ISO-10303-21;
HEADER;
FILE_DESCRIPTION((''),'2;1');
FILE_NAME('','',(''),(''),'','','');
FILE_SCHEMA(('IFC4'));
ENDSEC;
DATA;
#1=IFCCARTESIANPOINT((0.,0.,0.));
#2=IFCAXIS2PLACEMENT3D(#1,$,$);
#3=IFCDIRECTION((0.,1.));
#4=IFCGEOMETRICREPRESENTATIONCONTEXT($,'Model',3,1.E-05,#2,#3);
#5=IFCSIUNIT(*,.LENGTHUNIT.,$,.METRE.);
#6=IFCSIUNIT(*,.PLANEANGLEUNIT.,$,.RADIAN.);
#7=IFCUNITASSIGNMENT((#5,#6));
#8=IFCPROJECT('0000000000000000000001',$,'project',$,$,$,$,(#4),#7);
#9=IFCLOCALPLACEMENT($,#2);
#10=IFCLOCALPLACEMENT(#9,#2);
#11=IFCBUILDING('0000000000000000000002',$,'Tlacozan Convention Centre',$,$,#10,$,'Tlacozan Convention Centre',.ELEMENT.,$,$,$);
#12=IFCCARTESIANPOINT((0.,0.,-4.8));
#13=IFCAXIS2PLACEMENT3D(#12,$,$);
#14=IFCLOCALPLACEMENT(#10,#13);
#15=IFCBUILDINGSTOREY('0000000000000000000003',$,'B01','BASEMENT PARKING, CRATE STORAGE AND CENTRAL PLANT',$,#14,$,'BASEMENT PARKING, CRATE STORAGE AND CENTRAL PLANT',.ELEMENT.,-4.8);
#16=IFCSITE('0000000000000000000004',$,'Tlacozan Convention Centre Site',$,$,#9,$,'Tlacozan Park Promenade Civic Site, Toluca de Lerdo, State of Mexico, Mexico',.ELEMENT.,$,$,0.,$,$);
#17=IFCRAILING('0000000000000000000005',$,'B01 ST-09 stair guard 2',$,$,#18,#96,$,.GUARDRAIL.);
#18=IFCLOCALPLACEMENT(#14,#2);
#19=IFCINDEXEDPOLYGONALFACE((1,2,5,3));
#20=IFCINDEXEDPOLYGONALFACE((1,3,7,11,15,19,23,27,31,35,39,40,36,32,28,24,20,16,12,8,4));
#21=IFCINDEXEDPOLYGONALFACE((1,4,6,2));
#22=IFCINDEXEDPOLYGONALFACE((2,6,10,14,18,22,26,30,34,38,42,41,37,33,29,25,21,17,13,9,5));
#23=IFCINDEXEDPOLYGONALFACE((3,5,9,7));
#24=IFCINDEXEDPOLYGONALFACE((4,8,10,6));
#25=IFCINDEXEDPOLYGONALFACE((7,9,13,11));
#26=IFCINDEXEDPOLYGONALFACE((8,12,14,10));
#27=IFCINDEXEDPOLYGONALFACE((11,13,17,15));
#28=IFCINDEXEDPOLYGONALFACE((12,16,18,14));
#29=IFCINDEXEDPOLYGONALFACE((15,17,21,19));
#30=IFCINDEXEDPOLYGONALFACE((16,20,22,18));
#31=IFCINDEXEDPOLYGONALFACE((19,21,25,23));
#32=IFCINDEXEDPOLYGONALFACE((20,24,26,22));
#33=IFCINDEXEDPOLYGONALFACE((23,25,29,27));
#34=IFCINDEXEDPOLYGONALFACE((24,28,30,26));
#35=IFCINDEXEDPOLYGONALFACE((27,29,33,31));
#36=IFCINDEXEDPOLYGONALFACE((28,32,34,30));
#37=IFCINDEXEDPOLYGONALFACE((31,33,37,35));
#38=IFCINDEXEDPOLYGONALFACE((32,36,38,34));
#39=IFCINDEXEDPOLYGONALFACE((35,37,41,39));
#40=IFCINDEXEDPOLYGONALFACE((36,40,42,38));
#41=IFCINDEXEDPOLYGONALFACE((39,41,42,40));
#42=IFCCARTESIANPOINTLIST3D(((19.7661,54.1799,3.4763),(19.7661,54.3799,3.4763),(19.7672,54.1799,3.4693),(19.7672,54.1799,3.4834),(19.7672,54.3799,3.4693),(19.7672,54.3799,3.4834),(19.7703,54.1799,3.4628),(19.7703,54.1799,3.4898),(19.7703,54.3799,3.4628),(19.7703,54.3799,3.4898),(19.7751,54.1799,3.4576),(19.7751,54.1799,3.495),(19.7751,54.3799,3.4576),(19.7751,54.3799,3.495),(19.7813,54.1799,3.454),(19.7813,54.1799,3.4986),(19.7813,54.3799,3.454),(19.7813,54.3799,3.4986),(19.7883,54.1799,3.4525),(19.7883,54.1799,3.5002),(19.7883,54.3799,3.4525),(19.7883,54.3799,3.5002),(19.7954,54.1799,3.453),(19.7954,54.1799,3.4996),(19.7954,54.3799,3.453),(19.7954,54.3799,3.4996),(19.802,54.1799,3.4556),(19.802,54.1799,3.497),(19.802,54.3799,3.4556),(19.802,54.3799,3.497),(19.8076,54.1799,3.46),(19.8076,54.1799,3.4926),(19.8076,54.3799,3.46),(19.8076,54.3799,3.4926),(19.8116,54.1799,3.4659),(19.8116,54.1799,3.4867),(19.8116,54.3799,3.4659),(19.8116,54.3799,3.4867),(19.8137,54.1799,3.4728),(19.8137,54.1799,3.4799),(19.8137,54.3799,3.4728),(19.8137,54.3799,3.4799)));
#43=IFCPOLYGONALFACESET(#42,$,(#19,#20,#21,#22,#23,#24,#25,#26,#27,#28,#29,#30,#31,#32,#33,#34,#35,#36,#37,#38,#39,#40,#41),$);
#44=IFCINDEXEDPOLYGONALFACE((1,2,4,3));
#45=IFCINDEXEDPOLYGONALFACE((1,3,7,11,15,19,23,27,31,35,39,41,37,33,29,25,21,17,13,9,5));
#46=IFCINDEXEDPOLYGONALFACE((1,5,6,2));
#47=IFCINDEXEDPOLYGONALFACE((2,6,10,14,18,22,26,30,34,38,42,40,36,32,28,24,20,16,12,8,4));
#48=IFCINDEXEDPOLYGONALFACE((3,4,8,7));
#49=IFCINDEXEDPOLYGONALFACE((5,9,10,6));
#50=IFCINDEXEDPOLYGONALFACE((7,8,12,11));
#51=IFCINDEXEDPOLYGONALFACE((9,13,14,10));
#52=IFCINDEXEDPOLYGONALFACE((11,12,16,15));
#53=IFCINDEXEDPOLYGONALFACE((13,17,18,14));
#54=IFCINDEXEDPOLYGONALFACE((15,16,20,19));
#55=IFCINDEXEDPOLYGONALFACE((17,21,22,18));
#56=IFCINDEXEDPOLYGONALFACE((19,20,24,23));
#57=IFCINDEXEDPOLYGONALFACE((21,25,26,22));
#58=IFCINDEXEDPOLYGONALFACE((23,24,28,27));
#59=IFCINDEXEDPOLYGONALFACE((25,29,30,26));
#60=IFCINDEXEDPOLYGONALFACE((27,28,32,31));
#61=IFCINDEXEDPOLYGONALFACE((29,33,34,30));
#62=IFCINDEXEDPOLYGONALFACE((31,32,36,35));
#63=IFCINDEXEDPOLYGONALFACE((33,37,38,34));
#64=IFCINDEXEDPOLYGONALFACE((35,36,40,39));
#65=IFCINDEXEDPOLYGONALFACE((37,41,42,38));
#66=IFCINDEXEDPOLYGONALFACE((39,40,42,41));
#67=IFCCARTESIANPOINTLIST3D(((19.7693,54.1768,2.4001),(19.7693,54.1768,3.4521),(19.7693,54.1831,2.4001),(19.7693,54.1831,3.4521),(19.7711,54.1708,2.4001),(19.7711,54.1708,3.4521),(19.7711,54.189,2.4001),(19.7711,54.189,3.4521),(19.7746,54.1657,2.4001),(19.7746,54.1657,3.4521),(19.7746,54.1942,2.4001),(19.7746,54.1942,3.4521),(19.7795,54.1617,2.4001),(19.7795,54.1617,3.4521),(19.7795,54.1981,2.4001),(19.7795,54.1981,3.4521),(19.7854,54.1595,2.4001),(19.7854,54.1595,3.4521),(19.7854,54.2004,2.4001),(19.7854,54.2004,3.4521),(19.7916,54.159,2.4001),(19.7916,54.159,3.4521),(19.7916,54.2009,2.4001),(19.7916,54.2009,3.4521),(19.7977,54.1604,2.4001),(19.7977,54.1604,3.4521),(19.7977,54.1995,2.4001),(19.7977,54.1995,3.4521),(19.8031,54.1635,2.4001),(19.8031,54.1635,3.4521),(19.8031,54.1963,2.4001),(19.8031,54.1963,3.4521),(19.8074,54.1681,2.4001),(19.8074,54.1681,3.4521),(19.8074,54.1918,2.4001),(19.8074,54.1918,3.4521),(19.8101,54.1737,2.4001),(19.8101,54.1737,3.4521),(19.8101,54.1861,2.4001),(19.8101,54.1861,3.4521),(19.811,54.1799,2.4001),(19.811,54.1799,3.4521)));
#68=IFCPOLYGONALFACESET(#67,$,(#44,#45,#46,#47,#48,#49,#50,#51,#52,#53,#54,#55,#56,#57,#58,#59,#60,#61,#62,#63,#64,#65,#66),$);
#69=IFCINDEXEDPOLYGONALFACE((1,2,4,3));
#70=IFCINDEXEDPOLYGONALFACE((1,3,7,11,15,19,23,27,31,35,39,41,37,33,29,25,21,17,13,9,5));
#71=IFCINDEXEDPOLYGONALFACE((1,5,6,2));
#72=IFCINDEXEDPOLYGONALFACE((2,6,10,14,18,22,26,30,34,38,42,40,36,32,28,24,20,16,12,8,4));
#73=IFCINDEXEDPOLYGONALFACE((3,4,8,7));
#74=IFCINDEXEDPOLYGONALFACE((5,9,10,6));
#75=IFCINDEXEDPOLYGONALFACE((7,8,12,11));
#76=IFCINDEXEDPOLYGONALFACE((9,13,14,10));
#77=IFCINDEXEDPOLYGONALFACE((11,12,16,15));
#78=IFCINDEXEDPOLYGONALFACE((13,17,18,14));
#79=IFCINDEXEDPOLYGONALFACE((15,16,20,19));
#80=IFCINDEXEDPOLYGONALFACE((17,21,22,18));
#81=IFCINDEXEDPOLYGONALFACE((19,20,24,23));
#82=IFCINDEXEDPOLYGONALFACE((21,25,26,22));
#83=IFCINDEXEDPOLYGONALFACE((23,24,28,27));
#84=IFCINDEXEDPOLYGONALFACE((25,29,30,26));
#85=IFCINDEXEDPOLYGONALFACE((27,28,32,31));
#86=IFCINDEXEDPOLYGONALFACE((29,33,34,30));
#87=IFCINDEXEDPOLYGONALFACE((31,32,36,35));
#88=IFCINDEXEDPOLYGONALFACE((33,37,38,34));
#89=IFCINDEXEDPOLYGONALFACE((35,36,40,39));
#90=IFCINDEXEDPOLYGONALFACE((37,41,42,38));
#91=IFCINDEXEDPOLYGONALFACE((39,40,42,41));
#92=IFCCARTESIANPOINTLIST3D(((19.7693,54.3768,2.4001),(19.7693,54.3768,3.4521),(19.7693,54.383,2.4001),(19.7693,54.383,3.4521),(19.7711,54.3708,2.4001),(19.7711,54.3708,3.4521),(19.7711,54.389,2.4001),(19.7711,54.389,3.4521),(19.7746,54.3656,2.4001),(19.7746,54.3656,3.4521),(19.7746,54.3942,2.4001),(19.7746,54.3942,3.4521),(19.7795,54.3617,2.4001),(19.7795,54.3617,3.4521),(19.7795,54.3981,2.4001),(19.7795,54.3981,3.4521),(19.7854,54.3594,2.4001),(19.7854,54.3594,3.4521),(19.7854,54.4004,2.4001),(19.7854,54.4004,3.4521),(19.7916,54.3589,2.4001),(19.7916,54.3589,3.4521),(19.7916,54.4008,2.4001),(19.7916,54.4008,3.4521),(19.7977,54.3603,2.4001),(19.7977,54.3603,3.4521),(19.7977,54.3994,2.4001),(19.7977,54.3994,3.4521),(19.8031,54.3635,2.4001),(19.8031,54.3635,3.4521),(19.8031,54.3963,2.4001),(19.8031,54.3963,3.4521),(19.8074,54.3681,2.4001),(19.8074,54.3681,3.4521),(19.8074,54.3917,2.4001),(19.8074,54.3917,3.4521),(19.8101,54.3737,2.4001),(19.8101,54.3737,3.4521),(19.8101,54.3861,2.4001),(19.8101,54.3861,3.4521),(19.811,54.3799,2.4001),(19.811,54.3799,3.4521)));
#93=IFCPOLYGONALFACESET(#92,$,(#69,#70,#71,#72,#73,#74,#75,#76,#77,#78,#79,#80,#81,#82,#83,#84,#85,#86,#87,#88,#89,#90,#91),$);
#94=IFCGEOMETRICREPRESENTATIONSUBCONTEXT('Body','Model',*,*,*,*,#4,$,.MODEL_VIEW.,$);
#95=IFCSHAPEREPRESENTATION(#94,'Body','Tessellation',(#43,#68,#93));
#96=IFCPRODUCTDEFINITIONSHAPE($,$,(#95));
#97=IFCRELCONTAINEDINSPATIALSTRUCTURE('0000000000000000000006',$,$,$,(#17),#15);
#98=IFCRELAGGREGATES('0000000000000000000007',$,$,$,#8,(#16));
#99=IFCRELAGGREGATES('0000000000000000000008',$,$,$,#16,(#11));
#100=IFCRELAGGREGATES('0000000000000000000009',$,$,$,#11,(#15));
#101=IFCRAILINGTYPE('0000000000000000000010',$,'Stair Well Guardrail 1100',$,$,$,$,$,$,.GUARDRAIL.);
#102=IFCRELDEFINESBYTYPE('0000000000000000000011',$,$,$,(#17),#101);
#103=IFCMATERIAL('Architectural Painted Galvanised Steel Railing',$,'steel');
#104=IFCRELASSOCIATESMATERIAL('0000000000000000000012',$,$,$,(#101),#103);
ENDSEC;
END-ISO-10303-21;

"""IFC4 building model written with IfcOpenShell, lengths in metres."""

from ifc_helpers import new_model, si_unit, direction, frame, origin, origin_2d, place, context, subcontext, project, spatial, circle, extrude, material, type_object, element, save


model = new_model("IFC4")

# Units and contexts
model_context = context("Model", 3, precision=1e-05, world=origin(), true_north=direction((0.0, 1.0)))
body_context = subcontext(model_context, "Body", "Model", "MODEL_VIEW")
ifc_project = project(units=[si_unit("LENGTHUNIT", "METRE"), si_unit("PLANEANGLEUNIT", "RADIAN")], contexts=[model_context])

# Site, building, storey
site_placement = place(None, origin())
site = spatial("IfcSite", under=ifc_project, at=site_placement, Name="Tlacozan Convention Centre Site", LongName="Tlacozan Park Promenade Civic Site, Toluca de Lerdo, State of Mexico, Mexico", CompositionType="ELEMENT", RefElevation=0.0)
building_placement = place(site_placement, origin())
building = spatial("IfcBuilding", under=site, at=building_placement, Name="Tlacozan Convention Centre", LongName="Tlacozan Convention Centre", CompositionType="ELEMENT")
storey_placement = place(building_placement, frame((0.0, 0.0, -4.8)))
storey = spatial("IfcBuildingStorey", under=building, at=storey_placement, Name="B01", Description="BASEMENT PARKING, CRATE STORAGE AND CENTRAL PLANT", LongName="BASEMENT PARKING, CRATE STORAGE AND CENTRAL PLANT", CompositionType="ELEMENT", Elevation=-4.8)

# Railing
ifc_material_1 = material(Name="Architectural Painted Galvanised Steel Railing", Category="steel")
railing_type_1 = type_object("IfcRailingType", Name="Stair Well Guardrail 1100", PredefinedType="GUARDRAIL", material=ifc_material_1)
railing_1_placement = place(storey_placement, frame((19.79, 54.1799, 2.4001)))
element("IfcRailing", 1, at=railing_1_placement, inside=storey, type_object=railing_type_1, Name="B01 ST-09 stair guard 2", PredefinedType="GUARDRAIL", context=body_context, shape_type="SweptSolid", body=[
    extrude(circle(Radius=0.0239, at=origin_2d()), frame((0.0, 0.0, 1.0762), z_axis=(0.0, 1.0, 0.0), x_axis=(-1.0, 0.0, 0.0)), (0.0, 0.0, 1.0), 0.2),
    extrude(circle(Radius=0.021, at=origin_2d()), origin(), (0.0, 0.0, 1.0), 1.052),
    extrude(circle(Radius=0.021, at=origin_2d()), frame((0.0, 0.2, 0.0)), (0.0, 0.0, 1.0), 1.052),
])

save(model, "model.ifc")
